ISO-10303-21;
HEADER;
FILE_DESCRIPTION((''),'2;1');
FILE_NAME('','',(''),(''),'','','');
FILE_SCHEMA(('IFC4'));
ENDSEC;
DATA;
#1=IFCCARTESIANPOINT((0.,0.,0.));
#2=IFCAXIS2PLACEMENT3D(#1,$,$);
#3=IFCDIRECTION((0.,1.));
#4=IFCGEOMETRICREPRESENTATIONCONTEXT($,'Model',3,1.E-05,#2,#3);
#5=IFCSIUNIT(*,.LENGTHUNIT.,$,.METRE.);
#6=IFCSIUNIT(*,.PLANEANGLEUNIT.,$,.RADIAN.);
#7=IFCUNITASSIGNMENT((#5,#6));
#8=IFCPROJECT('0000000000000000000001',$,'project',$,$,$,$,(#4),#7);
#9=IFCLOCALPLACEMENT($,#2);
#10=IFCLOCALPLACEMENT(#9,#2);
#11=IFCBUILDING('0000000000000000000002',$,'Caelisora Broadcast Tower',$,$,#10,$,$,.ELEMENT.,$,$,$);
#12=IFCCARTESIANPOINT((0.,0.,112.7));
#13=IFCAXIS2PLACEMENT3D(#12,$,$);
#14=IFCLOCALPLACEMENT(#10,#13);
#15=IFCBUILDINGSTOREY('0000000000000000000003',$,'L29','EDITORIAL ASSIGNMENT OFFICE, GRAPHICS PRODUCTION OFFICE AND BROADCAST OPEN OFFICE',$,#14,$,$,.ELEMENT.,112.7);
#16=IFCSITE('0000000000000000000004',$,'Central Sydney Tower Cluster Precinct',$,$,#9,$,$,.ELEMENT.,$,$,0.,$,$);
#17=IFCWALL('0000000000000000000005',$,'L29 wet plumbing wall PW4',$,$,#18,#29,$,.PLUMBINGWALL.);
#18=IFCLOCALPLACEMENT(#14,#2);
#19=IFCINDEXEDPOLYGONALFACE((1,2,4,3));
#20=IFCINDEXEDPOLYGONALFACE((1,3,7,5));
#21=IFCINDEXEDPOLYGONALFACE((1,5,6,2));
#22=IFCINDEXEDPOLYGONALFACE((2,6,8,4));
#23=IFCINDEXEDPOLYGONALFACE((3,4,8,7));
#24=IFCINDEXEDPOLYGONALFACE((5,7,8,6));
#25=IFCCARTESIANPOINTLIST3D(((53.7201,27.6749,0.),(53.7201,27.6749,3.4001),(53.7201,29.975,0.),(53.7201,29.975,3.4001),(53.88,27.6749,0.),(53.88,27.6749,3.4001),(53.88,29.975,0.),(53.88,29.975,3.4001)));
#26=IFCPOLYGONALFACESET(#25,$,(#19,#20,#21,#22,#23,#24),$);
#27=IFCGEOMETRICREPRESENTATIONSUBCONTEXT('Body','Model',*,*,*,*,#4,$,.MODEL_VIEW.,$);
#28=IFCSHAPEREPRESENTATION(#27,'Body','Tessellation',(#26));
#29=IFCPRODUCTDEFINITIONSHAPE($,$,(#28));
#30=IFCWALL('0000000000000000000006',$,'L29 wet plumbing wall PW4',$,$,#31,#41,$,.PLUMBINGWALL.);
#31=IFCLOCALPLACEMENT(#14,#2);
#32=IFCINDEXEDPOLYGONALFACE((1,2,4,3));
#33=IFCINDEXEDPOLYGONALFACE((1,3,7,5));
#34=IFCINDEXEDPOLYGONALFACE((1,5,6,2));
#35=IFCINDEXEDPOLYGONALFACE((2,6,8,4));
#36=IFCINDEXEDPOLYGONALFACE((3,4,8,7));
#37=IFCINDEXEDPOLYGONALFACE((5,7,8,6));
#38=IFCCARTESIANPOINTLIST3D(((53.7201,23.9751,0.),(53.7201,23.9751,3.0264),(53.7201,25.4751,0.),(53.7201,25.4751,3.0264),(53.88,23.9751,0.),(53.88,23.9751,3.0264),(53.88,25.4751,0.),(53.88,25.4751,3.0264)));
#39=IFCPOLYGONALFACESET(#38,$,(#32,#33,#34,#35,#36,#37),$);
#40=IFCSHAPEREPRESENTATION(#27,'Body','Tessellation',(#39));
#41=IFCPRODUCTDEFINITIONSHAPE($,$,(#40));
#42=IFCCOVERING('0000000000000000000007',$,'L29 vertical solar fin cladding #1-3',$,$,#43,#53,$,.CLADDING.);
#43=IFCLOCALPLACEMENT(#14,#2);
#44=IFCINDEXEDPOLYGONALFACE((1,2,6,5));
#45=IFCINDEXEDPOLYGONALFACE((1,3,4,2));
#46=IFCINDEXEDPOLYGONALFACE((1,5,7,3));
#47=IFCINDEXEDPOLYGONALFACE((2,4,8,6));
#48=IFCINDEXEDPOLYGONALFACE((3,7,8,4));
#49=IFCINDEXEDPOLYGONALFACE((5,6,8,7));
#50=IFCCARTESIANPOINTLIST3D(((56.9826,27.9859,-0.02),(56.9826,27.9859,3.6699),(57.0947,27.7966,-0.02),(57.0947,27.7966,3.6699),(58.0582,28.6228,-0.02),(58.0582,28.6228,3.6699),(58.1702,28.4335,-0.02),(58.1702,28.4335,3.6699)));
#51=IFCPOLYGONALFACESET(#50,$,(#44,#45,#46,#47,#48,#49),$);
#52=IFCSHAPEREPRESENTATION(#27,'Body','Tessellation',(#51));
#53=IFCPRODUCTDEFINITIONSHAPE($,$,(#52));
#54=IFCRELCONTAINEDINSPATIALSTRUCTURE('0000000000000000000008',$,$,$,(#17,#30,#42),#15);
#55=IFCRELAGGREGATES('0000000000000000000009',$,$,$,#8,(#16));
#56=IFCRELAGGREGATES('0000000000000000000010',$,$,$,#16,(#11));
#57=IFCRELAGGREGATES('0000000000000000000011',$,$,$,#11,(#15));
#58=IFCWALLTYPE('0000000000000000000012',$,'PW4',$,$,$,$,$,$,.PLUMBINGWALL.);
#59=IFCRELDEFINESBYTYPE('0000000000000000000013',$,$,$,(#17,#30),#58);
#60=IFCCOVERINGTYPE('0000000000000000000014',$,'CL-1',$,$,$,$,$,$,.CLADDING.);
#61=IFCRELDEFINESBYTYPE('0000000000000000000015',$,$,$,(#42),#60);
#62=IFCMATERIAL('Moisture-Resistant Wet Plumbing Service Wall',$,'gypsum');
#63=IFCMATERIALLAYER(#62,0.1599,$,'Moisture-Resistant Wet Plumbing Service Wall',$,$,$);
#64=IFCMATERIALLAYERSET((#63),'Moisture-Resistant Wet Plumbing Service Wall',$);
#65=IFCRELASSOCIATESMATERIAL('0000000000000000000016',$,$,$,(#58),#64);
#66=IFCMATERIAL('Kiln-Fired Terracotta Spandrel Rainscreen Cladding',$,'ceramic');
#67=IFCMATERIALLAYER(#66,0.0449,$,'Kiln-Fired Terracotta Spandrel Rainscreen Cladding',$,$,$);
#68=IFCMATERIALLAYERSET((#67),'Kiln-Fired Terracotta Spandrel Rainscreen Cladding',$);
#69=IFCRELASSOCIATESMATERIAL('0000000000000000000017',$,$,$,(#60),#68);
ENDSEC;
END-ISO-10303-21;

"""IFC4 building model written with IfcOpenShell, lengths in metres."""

from ifc_helpers import new_model, si_unit, direction, frame, frame_2d, origin, origin_2d, place, context, subcontext, project, spatial, rectangle, extrude, source, transform, mapped, material, layer, layer_set, type_object, type_shapes, element, save


model = new_model("IFC4")

# Units and contexts
model_context = context("Model", 3, precision=1e-05, world=origin(), true_north=direction((0.0, 1.0)))
body_context = subcontext(model_context, "Body", "Model", "MODEL_VIEW")
ifc_project = project(units=[si_unit("LENGTHUNIT", "METRE"), si_unit("PLANEANGLEUNIT", "RADIAN")], contexts=[model_context])

# Site, building, storey
site_placement = place(None, origin())
site = spatial("IfcSite", under=ifc_project, at=site_placement, Name="Central Sydney Tower Cluster Precinct", CompositionType="ELEMENT", RefElevation=0.0)
building_placement = place(site_placement, origin())
building = spatial("IfcBuilding", under=site, at=building_placement, Name="Caelisora Broadcast Tower", CompositionType="ELEMENT")
storey_placement = place(building_placement, frame((0.0, 0.0, 112.7)))
storey = spatial("IfcBuildingStorey", under=building, at=storey_placement, Name="L29", Description="EDITORIAL ASSIGNMENT OFFICE, GRAPHICS PRODUCTION OFFICE AND BROADCAST OPEN OFFICE", CompositionType="ELEMENT", Elevation=112.7)

# Shared definitions
ifc_material_1 = material(Name="Moisture-Resistant Wet Plumbing Service Wall", Category="gypsum")
ifc_layer_1 = layer(ifc_material_1, 0.1599, Name="Moisture-Resistant Wet Plumbing Service Wall")
ifc_layer_set_1 = layer_set([ifc_layer_1], Name="Moisture-Resistant Wet Plumbing Service Wall")
wall_type_1 = type_object("IfcWallType", Name="PW4", PredefinedType="PLUMBINGWALL", material=ifc_layer_set_1)

# Wall
wall_1_placement = place(storey_placement, frame((53.8, 27.675, 0.0), z_axis=(0.0, 0.0, 1.0), x_axis=(0.0, 1.0, 0.0)))
element("IfcWall", 1, at=wall_1_placement, inside=storey, type_object=wall_type_1, Name="L29 wet plumbing wall PW4", PredefinedType="PLUMBINGWALL", context=body_context, shape_type="SweptSolid", body=[
    extrude(rectangle(XDim=2.3, YDim=0.1599, at=frame_2d((1.1499, 0.0))), origin(), (0.0, 0.0, 1.0), 3.4001),
])

# Wall
wall_2_placement = place(storey_placement, frame((53.8, 23.9751, 0.0), z_axis=(0.0, 0.0, 1.0), x_axis=(0.0, 1.0, 0.0)))
element("IfcWall", 2, at=wall_2_placement, inside=storey, type_object=wall_type_1, Name="L29 wet plumbing wall PW4", PredefinedType="PLUMBINGWALL", context=body_context, shape_type="SweptSolid", body=[
    extrude(rectangle(XDim=1.5, YDim=0.1599, at=frame_2d((0.75, 0.0))), origin(), (0.0, 0.0, 1.0), 3.0264),
])

# Covering
ifc_material_2 = material(Name="Kiln-Fired Terracotta Spandrel Rainscreen Cladding", Category="ceramic")
ifc_layer_2 = layer(ifc_material_2, 0.0449, Name="Kiln-Fired Terracotta Spandrel Rainscreen Cladding")
ifc_layer_set_2 = layer_set([ifc_layer_2], Name="Kiln-Fired Terracotta Spandrel Rainscreen Cladding")
covering_type = type_object("IfcCoveringType", Name="CL-1", PredefinedType="CLADDING", material=ifc_layer_set_2)
shared_shape_1 = source(origin(), body_context, "Body", "SweptSolid", [
    extrude(rectangle(XDim=0.22, YDim=1.25, at=origin_2d()), origin(), (0.0, 0.0, 1.0), 3.6899),
])
type_shapes(covering_type, [shared_shape_1])
covering_placement = place(storey_placement, frame((57.5764, 28.2097, -0.02), z_axis=(0.0, 0.0, 1.0), x_axis=(0.509492, -0.860475, 0.0)))
element("IfcCovering", 3, at=covering_placement, inside=storey, type_object=covering_type, Name="L29 vertical solar fin cladding #1-3", PredefinedType="CLADDING", context=body_context, shape_type="MappedRepresentation", body=[
    mapped(shared_shape_1, transform((0.0, 0.0, 0.0), scale=1.0)),
])

save(model, "model.ifc")
